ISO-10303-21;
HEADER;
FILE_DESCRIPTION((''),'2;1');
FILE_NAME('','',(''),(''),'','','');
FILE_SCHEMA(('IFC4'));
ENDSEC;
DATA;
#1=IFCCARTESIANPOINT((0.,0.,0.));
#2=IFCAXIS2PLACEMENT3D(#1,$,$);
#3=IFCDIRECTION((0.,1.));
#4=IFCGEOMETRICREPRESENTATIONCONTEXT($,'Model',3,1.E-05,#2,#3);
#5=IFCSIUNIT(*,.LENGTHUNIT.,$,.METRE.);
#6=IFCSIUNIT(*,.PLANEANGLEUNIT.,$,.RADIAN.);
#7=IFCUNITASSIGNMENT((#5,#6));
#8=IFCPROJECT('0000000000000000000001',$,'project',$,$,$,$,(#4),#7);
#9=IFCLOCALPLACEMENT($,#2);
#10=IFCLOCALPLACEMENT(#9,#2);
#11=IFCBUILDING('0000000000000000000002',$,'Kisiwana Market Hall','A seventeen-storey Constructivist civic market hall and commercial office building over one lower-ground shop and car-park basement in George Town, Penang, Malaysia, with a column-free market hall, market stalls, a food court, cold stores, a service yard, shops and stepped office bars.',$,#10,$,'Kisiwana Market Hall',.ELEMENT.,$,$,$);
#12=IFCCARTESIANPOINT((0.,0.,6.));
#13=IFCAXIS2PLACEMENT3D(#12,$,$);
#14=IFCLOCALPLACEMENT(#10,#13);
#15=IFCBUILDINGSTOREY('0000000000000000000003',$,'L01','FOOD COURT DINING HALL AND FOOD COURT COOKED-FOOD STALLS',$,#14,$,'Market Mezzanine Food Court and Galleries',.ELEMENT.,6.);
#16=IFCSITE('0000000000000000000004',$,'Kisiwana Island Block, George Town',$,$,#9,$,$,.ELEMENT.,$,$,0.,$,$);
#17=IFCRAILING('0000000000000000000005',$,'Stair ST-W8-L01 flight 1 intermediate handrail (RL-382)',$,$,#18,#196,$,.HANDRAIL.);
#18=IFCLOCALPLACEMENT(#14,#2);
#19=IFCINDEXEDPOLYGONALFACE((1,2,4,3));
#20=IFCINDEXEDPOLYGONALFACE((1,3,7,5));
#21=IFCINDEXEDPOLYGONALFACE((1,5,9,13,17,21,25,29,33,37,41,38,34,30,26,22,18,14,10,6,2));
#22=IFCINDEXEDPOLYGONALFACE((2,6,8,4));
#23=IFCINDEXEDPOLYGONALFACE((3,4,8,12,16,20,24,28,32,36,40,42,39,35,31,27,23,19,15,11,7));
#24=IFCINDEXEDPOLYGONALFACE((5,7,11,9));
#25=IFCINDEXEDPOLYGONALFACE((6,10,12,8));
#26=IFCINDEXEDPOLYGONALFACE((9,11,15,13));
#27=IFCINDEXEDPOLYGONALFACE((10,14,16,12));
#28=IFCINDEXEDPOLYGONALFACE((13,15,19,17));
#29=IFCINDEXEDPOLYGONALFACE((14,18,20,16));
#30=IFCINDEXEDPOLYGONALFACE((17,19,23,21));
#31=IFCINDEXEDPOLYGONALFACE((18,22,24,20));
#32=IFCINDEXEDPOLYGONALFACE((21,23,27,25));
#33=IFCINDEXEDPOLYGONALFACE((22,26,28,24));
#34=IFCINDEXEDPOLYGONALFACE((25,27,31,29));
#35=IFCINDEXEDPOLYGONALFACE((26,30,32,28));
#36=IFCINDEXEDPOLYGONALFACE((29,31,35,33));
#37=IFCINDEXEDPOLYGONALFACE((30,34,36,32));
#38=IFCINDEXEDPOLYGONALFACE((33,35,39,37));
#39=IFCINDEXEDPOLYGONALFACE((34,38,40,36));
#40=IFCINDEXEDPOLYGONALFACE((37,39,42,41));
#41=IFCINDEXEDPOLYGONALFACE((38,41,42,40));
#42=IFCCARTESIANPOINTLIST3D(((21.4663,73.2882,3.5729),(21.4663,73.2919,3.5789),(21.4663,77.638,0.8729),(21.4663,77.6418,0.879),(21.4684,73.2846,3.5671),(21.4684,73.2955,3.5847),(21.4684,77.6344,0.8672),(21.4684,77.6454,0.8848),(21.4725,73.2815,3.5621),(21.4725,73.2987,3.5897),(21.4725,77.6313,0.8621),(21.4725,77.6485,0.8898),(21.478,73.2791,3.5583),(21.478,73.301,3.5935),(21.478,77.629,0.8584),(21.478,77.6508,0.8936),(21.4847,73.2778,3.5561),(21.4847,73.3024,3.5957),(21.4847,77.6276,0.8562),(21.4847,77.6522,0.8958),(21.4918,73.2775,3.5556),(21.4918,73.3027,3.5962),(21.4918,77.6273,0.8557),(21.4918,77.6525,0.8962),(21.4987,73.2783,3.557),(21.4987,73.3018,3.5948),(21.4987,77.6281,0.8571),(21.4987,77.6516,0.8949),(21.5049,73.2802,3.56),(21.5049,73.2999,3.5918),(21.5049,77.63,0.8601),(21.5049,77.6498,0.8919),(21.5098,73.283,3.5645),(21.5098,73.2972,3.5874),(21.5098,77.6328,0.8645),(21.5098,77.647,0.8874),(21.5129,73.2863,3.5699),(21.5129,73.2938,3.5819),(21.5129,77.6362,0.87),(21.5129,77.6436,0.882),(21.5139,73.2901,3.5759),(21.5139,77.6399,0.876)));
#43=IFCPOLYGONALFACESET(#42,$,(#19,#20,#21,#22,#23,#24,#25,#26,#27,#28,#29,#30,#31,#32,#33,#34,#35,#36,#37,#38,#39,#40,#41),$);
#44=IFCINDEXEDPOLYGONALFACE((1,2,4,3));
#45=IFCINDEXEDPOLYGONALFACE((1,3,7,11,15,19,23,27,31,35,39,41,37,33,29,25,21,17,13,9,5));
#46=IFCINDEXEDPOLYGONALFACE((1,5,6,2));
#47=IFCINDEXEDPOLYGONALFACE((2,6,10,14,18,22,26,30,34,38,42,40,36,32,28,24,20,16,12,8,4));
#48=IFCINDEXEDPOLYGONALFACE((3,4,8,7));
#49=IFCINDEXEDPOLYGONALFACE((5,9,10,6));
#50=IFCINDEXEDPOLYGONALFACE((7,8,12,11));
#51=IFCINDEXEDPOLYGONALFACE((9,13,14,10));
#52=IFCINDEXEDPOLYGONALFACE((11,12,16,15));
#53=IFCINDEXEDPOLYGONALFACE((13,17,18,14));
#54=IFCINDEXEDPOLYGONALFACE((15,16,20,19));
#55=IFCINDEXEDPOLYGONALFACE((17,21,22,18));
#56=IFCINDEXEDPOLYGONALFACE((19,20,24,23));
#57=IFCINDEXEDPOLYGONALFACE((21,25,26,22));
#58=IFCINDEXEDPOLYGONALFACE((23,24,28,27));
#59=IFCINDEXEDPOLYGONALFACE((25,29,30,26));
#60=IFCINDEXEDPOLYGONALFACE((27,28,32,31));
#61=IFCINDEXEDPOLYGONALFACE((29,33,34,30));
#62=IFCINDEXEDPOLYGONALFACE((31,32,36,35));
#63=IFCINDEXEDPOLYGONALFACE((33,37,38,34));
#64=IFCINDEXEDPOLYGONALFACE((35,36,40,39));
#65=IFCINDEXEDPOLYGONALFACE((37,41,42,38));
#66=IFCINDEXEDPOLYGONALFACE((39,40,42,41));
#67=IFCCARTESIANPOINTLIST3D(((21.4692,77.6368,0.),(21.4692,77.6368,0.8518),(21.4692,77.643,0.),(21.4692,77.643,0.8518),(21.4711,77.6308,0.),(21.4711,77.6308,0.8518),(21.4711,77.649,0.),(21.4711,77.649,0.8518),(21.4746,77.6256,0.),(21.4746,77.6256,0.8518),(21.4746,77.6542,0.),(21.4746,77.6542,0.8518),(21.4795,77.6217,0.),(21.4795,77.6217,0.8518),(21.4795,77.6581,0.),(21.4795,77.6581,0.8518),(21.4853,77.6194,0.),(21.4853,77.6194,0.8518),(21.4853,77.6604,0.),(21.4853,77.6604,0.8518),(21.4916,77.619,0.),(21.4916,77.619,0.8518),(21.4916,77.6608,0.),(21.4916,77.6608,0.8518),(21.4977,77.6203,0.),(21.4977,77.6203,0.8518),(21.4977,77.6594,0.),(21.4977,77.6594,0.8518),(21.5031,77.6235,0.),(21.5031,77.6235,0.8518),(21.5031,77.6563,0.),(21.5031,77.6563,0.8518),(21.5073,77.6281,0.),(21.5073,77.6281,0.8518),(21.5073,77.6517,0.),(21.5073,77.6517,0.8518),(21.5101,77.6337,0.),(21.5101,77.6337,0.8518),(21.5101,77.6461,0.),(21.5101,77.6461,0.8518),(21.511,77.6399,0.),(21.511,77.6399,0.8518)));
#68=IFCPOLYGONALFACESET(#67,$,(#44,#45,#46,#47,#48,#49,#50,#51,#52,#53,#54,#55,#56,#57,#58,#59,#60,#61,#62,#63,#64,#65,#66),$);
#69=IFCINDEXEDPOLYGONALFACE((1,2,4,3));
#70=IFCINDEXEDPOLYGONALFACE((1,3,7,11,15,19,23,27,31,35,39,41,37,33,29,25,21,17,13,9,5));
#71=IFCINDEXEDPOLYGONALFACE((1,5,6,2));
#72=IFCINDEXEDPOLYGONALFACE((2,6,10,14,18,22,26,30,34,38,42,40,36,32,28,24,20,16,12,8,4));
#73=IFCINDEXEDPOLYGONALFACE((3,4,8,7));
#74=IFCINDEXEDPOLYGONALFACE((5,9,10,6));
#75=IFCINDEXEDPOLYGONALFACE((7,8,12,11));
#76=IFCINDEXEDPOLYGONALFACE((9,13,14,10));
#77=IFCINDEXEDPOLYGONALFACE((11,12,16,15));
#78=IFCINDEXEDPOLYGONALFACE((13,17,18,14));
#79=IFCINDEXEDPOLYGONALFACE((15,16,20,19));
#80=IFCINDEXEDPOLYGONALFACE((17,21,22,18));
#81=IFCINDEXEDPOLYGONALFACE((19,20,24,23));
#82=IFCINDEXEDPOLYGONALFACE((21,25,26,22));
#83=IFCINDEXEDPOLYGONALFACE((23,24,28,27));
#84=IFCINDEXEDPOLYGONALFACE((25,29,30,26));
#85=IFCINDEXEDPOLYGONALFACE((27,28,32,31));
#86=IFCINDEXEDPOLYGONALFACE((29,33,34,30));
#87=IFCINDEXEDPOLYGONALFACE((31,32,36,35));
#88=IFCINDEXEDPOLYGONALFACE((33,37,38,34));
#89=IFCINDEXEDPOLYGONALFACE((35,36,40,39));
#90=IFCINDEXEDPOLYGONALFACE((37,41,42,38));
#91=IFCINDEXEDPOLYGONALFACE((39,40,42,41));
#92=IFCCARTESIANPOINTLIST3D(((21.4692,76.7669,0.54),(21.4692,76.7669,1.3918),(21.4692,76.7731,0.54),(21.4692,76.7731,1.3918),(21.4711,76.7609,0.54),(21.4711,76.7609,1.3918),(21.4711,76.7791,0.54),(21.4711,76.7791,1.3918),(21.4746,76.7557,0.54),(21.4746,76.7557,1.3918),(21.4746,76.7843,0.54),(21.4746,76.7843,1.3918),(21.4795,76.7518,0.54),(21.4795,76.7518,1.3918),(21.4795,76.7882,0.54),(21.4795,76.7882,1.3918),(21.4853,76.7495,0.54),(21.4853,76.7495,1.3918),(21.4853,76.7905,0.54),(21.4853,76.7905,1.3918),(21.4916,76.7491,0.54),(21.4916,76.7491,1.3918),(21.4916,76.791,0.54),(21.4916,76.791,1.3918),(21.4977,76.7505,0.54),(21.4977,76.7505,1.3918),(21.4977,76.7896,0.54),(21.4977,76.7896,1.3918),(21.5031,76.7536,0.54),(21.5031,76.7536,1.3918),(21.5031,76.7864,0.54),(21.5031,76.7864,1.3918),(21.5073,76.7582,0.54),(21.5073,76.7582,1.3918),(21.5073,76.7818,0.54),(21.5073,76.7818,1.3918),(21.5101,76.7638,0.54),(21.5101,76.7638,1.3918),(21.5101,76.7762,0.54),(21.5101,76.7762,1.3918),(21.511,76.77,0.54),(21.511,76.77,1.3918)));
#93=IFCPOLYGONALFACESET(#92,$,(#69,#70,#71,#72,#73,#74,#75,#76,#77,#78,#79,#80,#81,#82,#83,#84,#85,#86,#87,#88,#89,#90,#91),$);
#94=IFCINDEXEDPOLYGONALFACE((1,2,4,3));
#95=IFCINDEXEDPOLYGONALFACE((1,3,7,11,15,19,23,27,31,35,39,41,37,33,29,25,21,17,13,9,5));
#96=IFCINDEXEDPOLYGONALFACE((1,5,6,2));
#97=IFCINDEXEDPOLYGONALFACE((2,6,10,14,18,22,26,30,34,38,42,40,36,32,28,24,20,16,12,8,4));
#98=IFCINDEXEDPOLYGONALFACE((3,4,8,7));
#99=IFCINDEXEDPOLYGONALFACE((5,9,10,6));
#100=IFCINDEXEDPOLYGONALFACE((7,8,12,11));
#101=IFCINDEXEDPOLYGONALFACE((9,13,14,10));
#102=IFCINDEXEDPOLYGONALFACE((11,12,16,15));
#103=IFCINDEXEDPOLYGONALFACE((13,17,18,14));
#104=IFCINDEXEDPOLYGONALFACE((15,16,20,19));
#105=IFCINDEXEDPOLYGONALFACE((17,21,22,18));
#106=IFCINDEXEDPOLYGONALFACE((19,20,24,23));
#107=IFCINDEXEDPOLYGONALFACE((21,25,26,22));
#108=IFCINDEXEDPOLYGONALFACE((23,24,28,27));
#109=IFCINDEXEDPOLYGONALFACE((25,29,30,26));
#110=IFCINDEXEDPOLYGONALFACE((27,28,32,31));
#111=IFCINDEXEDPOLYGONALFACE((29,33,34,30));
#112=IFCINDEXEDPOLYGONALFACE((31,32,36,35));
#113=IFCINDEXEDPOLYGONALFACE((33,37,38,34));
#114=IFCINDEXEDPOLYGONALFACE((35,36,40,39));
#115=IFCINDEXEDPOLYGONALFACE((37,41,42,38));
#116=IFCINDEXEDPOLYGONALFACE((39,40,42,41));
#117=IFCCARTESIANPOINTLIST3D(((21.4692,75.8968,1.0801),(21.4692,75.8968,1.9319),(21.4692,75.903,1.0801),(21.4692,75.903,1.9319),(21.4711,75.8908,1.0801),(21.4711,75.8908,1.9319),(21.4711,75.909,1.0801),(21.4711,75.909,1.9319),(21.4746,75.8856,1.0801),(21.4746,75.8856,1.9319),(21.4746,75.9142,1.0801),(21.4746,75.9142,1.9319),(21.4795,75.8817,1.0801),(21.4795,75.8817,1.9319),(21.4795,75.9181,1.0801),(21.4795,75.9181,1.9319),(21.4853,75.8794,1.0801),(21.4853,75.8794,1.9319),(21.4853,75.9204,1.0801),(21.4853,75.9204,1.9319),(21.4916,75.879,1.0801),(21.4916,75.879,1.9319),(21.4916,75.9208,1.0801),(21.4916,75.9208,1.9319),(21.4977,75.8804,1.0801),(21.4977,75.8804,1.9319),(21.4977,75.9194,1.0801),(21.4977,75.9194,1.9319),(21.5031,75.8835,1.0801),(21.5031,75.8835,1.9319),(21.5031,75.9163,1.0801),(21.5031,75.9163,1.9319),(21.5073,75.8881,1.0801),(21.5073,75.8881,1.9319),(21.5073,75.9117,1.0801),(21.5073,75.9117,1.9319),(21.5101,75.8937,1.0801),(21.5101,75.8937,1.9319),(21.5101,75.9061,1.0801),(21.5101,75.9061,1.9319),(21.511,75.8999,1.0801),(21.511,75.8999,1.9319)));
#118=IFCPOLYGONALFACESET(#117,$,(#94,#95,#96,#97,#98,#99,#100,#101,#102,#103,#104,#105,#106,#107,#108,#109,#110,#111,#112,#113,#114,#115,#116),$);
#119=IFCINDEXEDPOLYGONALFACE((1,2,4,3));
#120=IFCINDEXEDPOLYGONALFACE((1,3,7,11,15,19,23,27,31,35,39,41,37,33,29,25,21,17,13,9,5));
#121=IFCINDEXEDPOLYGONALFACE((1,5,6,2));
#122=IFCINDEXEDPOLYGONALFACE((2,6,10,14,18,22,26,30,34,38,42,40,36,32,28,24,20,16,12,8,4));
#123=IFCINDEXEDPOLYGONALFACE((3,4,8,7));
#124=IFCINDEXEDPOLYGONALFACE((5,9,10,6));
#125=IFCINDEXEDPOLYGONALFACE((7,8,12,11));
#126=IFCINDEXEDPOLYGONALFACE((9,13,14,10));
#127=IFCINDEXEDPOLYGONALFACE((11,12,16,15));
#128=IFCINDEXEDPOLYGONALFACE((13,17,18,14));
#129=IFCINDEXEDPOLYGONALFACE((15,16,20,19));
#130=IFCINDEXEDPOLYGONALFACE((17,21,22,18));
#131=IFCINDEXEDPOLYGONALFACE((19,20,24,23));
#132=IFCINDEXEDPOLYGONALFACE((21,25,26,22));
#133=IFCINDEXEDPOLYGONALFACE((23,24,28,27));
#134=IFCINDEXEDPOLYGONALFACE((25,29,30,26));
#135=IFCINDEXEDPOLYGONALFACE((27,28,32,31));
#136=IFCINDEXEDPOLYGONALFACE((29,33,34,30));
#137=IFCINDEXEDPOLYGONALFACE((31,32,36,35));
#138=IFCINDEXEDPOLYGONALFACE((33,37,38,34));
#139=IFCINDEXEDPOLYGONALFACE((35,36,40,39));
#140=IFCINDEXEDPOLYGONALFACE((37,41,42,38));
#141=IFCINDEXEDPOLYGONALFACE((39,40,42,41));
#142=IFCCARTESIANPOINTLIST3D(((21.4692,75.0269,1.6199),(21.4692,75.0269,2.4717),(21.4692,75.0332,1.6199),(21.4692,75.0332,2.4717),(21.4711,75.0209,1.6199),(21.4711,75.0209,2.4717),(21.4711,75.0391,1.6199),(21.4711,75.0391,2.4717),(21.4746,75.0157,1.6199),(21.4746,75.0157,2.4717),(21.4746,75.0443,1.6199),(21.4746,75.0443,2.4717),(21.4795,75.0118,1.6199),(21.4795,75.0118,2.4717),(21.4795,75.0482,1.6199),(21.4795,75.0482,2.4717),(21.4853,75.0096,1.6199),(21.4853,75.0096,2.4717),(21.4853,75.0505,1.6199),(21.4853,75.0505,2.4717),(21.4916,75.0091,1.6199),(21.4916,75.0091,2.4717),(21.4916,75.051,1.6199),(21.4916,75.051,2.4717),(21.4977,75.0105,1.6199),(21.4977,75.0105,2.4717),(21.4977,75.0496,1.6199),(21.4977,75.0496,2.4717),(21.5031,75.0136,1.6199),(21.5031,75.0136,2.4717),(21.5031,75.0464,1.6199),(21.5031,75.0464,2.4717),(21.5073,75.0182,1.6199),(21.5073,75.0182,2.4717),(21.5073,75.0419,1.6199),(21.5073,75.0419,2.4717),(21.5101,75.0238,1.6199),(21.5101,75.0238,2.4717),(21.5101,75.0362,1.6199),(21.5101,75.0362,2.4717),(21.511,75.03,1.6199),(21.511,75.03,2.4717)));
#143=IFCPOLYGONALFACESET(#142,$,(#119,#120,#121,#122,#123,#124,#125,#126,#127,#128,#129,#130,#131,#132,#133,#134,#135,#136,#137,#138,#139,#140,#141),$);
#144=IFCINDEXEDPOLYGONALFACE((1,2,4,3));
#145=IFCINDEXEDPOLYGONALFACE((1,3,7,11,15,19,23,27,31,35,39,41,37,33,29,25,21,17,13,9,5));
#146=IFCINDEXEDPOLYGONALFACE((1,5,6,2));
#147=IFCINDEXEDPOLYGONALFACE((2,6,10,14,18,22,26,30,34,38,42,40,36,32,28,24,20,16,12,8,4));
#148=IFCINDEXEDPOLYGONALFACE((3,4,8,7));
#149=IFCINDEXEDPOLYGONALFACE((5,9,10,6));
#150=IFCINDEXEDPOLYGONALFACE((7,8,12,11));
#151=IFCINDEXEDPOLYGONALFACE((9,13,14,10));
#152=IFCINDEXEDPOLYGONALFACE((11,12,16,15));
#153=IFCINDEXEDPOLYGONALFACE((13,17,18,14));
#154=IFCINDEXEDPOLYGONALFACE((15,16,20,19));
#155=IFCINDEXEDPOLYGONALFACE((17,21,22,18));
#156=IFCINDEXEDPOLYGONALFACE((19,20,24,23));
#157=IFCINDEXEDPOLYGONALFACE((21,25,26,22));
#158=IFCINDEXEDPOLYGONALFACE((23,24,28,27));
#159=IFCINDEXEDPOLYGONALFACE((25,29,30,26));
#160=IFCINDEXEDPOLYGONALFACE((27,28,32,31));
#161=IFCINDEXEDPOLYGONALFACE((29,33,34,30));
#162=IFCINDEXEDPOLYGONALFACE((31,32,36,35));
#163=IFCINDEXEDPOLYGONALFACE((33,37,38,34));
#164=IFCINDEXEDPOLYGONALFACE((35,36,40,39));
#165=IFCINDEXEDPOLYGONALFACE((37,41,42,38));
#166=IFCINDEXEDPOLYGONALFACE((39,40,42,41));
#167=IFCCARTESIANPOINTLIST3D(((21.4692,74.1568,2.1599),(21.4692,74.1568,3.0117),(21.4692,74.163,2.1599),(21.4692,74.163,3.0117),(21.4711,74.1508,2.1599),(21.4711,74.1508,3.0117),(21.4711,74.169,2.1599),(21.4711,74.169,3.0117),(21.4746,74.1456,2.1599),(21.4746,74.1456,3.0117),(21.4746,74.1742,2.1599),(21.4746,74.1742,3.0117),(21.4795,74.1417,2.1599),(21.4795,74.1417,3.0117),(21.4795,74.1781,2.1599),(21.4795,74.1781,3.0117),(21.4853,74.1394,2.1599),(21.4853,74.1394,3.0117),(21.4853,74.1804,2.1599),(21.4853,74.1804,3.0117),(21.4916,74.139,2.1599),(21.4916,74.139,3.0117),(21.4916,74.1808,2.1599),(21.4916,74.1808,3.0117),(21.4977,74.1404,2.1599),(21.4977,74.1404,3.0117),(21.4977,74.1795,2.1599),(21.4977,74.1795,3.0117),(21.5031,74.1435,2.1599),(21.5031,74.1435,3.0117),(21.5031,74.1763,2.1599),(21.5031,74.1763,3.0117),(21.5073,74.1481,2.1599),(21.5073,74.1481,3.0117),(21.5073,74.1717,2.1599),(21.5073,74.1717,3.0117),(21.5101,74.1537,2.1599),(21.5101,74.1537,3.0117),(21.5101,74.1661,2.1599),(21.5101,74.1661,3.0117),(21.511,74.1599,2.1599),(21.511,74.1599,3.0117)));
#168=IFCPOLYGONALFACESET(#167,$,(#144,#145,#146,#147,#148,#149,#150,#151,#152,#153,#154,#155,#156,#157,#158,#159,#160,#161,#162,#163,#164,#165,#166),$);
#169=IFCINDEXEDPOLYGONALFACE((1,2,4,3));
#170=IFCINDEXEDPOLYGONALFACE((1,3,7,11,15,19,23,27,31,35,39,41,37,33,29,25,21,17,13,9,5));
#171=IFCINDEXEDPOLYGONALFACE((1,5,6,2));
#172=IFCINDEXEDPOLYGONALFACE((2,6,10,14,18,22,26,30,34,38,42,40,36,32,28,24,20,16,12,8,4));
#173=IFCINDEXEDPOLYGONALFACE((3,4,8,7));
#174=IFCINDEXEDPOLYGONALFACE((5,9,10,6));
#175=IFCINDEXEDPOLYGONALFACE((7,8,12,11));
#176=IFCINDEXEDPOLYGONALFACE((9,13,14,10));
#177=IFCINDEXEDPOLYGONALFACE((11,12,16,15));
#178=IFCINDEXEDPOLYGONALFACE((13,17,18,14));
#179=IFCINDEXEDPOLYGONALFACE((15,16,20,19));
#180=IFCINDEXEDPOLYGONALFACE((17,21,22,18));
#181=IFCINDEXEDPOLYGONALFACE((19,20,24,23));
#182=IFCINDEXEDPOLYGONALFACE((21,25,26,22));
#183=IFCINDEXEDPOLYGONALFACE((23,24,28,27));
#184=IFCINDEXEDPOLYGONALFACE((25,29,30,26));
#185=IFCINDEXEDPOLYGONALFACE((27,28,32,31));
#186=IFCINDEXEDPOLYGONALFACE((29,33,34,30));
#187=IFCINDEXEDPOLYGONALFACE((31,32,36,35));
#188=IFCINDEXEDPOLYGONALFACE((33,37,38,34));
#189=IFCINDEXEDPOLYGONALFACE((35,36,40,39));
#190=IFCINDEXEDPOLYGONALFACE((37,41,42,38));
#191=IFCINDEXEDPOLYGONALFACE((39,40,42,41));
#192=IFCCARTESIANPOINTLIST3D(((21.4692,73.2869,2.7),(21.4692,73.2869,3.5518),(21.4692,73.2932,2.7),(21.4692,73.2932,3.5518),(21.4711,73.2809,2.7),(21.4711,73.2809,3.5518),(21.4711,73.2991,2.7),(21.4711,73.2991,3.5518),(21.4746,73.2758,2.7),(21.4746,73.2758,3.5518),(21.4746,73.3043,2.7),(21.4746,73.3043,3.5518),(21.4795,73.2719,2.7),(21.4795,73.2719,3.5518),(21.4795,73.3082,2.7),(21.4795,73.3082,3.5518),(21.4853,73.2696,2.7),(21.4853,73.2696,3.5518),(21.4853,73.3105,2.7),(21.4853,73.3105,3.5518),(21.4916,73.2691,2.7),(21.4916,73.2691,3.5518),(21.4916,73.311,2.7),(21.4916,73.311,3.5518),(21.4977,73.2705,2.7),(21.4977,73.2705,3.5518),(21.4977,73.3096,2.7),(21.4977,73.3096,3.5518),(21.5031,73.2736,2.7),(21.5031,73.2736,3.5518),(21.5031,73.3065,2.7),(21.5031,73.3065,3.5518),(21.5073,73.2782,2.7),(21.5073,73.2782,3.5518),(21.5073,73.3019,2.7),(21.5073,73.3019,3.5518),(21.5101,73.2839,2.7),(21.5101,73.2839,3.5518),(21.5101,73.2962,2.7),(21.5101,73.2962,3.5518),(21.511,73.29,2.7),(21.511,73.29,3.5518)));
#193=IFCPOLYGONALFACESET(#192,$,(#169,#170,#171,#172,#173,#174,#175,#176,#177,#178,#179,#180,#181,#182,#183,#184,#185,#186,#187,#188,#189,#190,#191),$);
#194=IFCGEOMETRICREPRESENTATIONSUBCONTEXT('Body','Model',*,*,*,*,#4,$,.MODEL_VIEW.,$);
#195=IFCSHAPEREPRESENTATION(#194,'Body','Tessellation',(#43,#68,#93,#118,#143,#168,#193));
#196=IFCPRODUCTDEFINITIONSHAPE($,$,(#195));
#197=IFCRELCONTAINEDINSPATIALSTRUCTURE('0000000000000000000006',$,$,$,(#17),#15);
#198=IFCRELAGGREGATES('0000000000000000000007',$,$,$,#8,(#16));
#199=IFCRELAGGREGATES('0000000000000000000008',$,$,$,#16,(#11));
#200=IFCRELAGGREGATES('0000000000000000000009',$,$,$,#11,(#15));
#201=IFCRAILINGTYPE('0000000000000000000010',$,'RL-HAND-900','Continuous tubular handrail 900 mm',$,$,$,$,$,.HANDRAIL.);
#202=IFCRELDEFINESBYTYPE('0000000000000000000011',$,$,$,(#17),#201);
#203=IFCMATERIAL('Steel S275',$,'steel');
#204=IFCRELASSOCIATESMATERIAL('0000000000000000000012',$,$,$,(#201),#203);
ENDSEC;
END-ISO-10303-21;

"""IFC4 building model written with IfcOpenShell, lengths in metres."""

from ifc_helpers import new_model, si_unit, direction, frame, origin, origin_2d, place, context, subcontext, project, spatial, circle, extrude, material, type_object, element, save


model = new_model("IFC4")

# Units and contexts
model_context = context("Model", 3, precision=1e-05, world=origin(), true_north=direction((0.0, 1.0)))
body_context = subcontext(model_context, "Body", "Model", "MODEL_VIEW")
ifc_project = project(units=[si_unit("LENGTHUNIT", "METRE"), si_unit("PLANEANGLEUNIT", "RADIAN")], contexts=[model_context])

# Site, building, storey
site_placement = place(None, origin())
site = spatial("IfcSite", under=ifc_project, at=site_placement, Name="Kisiwana Island Block, George Town", CompositionType="ELEMENT", RefElevation=0.0)
building_placement = place(site_placement, origin())
building = spatial("IfcBuilding", under=site, at=building_placement, Name="Kisiwana Market Hall", Description="A seventeen-storey Constructivist civic market hall and commercial office building over one lower-ground shop and car-park basement in George Town, Penang, Malaysia, with a column-free market hall, market stalls, a food court, cold stores, a service yard, shops and stepped office bars.", LongName="Kisiwana Market Hall", CompositionType="ELEMENT")
storey_placement = place(building_placement, frame((0.0, 0.0, 6.0)))
storey = spatial("IfcBuildingStorey", under=building, at=storey_placement, Name="L01", Description="FOOD COURT DINING HALL AND FOOD COURT COOKED-FOOD STALLS", LongName="Market Mezzanine Food Court and Galleries", CompositionType="ELEMENT", Elevation=6.0)

# Railing
ifc_material_1 = material(Name="Steel S275", Category="steel")
railing_type_1 = type_object("IfcRailingType", Name="RL-HAND-900", Description="Continuous tubular handrail 900 mm", PredefinedType="HANDRAIL", material=ifc_material_1)
railing_1_placement = place(storey_placement, frame((21.49, 77.6399, 0.0)))
element("IfcRailing", 1, at=railing_1_placement, inside=storey, type_object=railing_type_1, Name="Stair ST-W8-L01 flight 1 intermediate handrail (RL-382)", PredefinedType="HANDRAIL", context=body_context, shape_type="SweptSolid", body=[
    extrude(circle(Radius=0.0239, at=origin_2d()), frame((0.0, 0.0, 0.876), z_axis=(0.0, -0.849636, 0.527369), x_axis=(1.0, 0.0, 0.0)), (0.0, 0.0, 1.0), 5.1196),
    extrude(circle(Radius=0.021, at=origin_2d()), origin(), (0.0, 0.0, 1.0), 0.8518),
    extrude(circle(Radius=0.021, at=origin_2d()), frame((0.0, -0.8699, 0.54)), (0.0, 0.0, 1.0), 0.8518),
    extrude(circle(Radius=0.021, at=origin_2d()), frame((0.0, -1.74, 1.0801)), (0.0, 0.0, 1.0), 0.8518),
    extrude(circle(Radius=0.021, at=origin_2d()), frame((0.0, -2.6099, 1.6199)), (0.0, 0.0, 1.0), 0.8518),
    extrude(circle(Radius=0.021, at=origin_2d()), frame((0.0, -3.48, 2.1599)), (0.0, 0.0, 1.0), 0.8518),
    extrude(circle(Radius=0.021, at=origin_2d()), frame((0.0, -4.3499, 2.7)), (0.0, 0.0, 1.0), 0.8518),
])

save(model, "model.ifc")
